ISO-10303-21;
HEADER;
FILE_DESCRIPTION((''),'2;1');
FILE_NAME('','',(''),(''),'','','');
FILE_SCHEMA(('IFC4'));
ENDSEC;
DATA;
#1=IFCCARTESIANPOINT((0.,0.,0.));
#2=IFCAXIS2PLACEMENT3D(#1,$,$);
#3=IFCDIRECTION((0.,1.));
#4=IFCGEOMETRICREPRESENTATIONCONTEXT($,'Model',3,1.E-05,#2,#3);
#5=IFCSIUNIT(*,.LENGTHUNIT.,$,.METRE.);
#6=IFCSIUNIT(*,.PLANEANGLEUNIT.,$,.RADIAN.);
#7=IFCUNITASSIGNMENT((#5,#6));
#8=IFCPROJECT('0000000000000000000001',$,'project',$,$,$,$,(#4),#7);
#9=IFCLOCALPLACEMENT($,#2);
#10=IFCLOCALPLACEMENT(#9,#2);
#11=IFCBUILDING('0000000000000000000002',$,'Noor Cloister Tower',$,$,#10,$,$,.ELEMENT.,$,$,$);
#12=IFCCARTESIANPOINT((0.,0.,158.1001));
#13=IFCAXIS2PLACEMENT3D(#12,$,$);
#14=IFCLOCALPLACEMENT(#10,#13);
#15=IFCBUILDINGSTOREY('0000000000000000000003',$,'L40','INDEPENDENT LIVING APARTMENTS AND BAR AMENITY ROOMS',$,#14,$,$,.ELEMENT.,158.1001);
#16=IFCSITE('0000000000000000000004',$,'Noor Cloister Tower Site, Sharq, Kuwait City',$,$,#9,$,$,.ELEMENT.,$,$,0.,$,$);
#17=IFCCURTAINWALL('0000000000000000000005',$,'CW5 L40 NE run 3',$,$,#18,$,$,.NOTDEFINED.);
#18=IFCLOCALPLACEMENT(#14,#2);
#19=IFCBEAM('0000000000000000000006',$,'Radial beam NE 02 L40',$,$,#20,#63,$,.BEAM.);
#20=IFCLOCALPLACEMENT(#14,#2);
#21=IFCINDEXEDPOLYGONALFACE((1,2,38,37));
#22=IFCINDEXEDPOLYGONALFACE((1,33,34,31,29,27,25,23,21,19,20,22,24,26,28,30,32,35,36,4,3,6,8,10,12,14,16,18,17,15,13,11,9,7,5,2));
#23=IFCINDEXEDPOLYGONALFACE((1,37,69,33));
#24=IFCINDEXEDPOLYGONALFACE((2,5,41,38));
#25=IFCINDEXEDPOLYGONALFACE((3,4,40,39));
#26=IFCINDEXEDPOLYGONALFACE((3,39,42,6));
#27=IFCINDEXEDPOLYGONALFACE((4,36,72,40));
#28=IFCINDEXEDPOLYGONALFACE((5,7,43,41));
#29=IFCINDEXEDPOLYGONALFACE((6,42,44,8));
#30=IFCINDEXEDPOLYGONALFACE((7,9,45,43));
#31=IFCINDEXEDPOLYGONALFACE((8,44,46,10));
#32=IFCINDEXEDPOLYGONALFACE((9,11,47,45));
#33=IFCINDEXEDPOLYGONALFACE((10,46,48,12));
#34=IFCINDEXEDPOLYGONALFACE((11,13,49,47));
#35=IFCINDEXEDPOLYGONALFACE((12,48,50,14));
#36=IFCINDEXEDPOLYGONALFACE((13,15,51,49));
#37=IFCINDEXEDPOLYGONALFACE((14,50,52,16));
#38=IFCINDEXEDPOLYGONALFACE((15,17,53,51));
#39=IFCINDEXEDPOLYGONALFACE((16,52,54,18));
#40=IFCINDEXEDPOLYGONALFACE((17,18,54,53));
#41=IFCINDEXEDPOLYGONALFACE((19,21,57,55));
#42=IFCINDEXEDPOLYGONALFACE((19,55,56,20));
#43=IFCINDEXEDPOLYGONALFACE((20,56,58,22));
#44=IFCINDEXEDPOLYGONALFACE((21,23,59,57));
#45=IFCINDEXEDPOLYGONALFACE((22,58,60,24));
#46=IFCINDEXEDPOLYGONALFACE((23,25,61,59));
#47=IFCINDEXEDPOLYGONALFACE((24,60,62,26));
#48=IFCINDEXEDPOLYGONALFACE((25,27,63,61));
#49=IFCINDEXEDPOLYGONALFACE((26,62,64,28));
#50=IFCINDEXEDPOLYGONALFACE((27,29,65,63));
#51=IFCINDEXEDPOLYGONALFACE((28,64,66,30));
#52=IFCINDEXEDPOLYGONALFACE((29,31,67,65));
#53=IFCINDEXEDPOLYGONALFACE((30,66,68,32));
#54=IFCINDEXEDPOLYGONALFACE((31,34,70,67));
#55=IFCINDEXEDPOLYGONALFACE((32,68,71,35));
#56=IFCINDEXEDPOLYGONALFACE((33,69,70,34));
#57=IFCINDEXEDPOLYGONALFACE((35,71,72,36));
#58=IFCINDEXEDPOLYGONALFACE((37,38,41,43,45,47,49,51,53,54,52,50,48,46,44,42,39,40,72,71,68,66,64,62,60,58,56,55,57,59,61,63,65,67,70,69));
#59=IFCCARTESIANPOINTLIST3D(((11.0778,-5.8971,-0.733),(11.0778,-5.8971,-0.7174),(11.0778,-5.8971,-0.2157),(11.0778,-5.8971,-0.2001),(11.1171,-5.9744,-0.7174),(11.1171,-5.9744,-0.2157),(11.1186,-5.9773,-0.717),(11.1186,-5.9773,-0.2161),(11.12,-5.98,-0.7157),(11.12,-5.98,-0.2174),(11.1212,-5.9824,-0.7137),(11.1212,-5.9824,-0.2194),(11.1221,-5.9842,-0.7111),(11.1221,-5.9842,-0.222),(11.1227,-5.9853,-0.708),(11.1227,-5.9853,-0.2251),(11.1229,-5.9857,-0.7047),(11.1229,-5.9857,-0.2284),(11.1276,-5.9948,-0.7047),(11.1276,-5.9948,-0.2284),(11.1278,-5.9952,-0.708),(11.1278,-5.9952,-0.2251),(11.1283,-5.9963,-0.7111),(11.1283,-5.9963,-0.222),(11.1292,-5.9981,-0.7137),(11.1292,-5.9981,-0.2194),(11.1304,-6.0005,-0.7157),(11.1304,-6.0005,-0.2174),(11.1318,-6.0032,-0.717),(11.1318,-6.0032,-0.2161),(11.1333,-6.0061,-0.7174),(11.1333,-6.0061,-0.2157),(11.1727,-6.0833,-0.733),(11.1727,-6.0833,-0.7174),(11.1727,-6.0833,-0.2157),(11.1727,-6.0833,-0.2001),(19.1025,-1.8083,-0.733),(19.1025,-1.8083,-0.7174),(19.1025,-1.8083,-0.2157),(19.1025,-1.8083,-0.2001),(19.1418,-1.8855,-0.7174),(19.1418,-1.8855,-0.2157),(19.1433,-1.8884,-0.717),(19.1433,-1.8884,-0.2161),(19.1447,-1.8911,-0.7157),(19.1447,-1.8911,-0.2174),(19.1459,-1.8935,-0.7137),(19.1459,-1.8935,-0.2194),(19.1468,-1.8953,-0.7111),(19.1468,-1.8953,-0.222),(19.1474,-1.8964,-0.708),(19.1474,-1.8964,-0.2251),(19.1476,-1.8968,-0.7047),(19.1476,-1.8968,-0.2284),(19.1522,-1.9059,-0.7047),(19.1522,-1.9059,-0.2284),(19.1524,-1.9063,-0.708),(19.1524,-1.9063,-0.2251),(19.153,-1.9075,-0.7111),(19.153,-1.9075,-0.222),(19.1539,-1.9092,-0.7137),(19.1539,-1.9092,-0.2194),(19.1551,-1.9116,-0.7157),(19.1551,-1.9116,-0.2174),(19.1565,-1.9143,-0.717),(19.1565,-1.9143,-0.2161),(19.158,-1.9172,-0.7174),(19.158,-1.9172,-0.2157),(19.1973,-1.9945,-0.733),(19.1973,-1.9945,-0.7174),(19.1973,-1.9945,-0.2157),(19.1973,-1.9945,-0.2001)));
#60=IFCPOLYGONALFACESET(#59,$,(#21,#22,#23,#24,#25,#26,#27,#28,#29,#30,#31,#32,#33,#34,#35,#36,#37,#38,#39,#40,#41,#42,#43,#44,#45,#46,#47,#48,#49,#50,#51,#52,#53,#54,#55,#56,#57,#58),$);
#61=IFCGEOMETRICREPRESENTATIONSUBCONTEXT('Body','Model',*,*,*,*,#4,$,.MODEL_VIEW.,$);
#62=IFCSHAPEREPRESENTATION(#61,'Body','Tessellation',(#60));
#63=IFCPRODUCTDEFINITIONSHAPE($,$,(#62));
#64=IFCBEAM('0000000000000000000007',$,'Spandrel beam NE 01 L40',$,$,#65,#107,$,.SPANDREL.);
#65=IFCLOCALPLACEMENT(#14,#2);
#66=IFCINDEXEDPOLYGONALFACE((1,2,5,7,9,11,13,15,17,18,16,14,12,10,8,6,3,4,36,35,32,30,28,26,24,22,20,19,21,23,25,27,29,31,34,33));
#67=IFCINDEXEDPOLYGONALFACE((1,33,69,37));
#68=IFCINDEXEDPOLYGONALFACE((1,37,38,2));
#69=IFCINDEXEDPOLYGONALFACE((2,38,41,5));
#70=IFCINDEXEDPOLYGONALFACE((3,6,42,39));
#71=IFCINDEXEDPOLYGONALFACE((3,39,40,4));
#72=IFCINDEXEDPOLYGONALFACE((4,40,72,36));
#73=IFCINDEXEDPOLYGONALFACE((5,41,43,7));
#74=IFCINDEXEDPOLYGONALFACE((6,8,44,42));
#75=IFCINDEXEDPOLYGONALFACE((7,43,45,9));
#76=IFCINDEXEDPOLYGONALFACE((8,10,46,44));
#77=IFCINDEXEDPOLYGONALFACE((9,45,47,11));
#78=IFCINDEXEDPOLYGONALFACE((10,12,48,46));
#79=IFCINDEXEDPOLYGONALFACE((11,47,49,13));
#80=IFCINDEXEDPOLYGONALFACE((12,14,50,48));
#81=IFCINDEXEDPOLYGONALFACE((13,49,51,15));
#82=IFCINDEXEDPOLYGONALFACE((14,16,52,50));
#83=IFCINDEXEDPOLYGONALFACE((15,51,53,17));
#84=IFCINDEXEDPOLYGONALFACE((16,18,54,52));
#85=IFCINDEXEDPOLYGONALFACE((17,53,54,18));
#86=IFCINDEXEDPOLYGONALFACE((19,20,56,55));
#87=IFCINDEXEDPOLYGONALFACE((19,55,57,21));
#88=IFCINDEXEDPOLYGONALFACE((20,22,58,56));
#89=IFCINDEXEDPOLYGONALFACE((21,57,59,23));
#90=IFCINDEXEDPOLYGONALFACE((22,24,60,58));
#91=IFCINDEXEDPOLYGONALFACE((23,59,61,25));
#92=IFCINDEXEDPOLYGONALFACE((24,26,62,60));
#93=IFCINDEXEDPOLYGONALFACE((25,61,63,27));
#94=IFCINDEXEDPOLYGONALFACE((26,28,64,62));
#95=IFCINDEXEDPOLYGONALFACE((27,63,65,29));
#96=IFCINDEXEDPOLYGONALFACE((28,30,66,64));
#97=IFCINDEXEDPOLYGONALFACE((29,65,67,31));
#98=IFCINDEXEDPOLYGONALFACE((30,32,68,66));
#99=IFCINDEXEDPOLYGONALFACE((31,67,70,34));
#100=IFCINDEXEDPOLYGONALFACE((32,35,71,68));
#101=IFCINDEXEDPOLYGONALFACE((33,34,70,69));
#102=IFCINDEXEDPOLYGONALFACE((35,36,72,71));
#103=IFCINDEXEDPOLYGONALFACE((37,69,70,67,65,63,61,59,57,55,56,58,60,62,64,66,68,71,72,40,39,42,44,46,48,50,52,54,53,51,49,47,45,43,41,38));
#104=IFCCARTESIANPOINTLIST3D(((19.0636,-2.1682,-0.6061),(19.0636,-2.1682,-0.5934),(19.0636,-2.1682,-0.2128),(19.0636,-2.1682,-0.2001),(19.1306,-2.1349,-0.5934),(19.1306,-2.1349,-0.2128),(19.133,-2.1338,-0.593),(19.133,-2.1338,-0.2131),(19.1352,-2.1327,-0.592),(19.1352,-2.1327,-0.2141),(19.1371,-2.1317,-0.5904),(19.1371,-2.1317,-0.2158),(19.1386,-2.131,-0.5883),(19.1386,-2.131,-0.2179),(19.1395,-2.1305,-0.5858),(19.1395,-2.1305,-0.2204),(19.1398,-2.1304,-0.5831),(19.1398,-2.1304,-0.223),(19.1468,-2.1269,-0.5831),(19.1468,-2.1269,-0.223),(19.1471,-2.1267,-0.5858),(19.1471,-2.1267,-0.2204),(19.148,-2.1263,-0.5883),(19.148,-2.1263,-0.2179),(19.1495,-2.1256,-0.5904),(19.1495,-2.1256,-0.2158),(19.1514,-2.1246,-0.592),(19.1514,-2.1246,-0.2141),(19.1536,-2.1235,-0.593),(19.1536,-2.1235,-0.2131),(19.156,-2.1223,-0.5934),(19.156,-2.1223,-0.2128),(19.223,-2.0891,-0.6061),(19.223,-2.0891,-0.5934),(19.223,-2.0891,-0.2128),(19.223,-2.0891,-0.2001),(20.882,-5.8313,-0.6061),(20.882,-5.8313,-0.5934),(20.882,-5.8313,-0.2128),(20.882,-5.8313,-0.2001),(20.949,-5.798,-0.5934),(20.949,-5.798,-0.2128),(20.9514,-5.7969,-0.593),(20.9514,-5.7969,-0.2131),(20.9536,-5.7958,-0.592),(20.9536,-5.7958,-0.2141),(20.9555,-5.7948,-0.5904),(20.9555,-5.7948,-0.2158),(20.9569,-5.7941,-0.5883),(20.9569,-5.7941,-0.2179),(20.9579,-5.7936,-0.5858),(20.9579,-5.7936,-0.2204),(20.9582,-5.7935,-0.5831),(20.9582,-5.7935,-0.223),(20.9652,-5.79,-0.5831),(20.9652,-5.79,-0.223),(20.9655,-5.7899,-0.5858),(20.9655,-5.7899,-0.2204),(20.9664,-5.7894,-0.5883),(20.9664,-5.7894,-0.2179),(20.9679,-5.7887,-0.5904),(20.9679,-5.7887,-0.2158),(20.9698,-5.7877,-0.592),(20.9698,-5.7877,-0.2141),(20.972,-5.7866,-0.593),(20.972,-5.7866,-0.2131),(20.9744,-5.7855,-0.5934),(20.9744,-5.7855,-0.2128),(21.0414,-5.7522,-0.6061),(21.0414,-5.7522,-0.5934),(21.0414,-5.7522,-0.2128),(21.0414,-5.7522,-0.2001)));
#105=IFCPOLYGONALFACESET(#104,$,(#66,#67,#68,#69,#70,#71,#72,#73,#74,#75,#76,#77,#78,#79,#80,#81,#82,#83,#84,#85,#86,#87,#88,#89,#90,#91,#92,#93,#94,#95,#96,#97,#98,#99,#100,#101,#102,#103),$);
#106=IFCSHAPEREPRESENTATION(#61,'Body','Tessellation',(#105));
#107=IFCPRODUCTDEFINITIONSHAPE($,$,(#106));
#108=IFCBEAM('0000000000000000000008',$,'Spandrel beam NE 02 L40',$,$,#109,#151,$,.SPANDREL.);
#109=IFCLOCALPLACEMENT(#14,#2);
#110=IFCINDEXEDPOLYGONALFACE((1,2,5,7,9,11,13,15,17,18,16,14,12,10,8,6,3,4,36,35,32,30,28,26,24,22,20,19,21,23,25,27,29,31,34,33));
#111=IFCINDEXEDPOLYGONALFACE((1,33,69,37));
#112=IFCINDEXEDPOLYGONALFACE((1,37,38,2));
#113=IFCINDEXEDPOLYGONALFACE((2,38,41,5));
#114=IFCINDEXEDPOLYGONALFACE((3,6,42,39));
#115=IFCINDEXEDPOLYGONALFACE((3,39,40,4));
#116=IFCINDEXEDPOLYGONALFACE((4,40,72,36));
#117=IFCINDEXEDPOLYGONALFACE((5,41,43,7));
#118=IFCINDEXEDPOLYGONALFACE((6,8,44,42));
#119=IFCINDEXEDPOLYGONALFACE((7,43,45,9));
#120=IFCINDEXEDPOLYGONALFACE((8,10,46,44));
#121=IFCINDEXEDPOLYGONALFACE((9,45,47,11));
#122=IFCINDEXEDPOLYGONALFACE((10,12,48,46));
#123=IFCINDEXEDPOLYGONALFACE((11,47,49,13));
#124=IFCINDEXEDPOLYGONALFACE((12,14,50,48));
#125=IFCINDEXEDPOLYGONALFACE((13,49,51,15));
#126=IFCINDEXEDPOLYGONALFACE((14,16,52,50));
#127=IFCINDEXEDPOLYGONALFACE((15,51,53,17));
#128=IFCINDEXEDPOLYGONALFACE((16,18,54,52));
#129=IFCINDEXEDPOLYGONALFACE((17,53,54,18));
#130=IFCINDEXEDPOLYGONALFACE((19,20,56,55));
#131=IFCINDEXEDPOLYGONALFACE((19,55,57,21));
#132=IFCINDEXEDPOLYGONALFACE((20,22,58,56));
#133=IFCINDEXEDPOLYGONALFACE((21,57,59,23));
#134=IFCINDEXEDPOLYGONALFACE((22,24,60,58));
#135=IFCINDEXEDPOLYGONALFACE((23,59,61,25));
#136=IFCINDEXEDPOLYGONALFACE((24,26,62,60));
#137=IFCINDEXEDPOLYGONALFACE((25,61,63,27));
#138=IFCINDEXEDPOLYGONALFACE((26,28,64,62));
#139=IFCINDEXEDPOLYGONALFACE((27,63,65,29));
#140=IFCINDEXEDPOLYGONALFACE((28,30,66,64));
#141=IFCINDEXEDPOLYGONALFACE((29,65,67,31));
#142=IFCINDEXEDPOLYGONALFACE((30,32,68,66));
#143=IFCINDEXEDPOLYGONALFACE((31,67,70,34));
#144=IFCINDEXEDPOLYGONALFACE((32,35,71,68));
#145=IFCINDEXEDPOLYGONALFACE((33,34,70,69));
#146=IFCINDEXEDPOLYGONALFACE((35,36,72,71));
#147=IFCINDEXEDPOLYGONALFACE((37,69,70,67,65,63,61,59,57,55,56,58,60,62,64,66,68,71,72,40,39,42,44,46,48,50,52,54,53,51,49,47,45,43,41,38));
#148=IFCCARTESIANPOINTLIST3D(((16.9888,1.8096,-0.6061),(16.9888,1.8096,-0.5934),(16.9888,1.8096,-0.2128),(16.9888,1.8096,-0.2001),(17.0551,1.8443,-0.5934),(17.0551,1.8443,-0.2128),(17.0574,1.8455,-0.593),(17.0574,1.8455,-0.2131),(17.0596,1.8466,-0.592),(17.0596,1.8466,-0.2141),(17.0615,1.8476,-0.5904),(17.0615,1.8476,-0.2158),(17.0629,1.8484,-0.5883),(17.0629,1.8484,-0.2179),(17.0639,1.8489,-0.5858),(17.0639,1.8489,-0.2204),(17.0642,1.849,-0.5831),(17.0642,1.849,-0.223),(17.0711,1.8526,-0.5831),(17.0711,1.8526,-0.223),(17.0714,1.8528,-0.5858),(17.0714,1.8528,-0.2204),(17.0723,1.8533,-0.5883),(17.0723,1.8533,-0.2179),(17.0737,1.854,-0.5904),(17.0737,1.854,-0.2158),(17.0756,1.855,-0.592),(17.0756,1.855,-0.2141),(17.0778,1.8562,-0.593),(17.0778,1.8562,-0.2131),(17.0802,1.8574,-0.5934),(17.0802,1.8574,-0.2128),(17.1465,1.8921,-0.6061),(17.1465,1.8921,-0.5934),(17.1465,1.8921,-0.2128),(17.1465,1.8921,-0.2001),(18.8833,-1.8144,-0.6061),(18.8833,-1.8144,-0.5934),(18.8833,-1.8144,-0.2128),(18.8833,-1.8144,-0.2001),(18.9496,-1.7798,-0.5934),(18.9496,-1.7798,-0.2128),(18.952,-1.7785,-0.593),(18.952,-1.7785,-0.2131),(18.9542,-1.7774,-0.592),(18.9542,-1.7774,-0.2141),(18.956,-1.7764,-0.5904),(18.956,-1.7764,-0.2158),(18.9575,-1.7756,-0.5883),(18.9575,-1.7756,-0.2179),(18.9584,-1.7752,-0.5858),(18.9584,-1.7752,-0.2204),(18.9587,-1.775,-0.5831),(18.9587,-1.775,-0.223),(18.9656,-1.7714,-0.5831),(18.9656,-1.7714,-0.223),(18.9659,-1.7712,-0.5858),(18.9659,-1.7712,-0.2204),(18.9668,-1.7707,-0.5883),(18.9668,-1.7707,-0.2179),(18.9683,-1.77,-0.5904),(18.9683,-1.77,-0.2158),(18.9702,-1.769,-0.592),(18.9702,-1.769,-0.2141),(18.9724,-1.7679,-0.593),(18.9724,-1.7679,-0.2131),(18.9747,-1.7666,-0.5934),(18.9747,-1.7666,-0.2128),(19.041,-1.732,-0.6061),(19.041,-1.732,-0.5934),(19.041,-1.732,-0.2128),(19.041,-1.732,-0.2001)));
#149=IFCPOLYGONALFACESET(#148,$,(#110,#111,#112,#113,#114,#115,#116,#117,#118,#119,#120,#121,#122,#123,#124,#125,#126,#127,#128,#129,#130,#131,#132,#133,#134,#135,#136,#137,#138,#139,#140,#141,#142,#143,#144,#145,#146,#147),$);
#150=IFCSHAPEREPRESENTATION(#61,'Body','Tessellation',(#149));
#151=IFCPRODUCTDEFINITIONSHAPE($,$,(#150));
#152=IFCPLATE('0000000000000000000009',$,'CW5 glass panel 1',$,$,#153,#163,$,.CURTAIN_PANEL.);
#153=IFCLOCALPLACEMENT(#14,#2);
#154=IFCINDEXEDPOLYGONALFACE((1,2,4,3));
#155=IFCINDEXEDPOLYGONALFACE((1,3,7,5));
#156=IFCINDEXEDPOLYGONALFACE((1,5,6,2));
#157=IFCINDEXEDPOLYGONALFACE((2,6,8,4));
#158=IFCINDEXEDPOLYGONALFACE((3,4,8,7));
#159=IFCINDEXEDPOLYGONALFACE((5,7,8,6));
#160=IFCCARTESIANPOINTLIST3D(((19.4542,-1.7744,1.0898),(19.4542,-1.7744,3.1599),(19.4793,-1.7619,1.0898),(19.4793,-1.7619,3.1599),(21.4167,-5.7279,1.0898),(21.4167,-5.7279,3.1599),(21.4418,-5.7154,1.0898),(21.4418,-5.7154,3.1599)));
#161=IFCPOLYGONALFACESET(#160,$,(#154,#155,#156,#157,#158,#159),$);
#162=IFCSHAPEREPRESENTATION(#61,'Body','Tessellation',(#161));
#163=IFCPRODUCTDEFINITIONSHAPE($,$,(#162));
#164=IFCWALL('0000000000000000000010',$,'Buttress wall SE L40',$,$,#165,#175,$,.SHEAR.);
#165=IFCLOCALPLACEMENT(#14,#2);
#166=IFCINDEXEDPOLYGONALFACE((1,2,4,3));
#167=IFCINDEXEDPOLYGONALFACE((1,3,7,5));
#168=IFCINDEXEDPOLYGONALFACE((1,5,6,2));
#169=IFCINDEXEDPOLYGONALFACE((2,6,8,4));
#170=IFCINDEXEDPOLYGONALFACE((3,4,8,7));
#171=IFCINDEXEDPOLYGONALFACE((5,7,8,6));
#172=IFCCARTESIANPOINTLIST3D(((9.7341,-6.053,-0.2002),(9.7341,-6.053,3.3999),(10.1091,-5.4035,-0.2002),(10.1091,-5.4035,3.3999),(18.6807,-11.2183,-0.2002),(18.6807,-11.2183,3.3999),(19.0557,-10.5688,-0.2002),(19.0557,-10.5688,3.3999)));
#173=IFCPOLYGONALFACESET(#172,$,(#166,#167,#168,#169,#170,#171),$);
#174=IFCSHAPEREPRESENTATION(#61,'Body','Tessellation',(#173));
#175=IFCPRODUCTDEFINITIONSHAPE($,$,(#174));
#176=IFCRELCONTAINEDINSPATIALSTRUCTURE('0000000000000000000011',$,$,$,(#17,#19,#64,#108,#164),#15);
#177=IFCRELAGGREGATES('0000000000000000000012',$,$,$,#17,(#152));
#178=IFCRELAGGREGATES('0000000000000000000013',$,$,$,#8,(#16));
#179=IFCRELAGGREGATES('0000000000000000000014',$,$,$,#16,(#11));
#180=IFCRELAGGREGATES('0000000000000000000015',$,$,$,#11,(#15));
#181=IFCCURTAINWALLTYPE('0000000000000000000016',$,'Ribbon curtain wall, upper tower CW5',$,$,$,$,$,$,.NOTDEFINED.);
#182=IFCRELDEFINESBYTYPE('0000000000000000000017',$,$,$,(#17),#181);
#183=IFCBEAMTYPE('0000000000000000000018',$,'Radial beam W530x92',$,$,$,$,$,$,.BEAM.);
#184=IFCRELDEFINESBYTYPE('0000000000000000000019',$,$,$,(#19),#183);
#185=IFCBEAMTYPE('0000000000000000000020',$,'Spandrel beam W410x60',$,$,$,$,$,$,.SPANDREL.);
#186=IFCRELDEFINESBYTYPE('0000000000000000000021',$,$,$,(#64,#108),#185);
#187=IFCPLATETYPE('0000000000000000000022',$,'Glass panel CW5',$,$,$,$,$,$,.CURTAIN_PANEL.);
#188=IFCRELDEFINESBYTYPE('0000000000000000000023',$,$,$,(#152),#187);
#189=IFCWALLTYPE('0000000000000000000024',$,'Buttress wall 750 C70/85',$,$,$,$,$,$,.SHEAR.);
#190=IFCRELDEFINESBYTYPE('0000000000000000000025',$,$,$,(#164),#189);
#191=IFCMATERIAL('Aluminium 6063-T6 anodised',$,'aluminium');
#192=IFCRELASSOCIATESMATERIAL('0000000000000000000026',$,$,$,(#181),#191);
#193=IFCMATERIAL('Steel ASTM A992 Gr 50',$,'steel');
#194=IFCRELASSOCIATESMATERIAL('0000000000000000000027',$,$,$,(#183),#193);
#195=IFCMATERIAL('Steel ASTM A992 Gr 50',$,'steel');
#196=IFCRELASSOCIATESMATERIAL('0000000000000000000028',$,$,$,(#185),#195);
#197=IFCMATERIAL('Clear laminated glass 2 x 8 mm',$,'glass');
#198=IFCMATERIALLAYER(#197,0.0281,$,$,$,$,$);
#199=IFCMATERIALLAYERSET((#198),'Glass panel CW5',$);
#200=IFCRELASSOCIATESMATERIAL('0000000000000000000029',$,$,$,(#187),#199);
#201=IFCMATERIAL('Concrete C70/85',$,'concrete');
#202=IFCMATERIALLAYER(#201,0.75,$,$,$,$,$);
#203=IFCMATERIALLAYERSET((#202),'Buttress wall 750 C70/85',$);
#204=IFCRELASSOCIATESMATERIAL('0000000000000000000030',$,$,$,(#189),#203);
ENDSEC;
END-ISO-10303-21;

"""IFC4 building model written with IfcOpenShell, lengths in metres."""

from ifc_helpers import new_model, si_unit, direction, frame, frame_2d, origin, origin_2d, place, context, subcontext, project, spatial, rectangle, i_section, extrude, material, layer, layer_set, material_profile, profile_set, type_object, element, aggregate, save


model = new_model("IFC4")

# Units and contexts
model_context = context("Model", 3, precision=1e-05, world=origin(), true_north=direction((0.0, 1.0)))
body_context = subcontext(model_context, "Body", "Model", "MODEL_VIEW")
ifc_project = project(units=[si_unit("LENGTHUNIT", "METRE"), si_unit("PLANEANGLEUNIT", "RADIAN")], contexts=[model_context])

# Site, building, storey
site_placement = place(None, origin())
site = spatial("IfcSite", under=ifc_project, at=site_placement, Name="Noor Cloister Tower Site, Sharq, Kuwait City", CompositionType="ELEMENT", RefElevation=0.0)
building_placement = place(site_placement, origin())
building = spatial("IfcBuilding", under=site, at=building_placement, Name="Noor Cloister Tower", CompositionType="ELEMENT")
storey_placement = place(building_placement, frame((0.0, 0.0, 158.1001)))
storey = spatial("IfcBuildingStorey", under=building, at=storey_placement, Name="L40", Description="INDEPENDENT LIVING APARTMENTS AND BAR AMENITY ROOMS", CompositionType="ELEMENT", Elevation=158.1001)

# Curtain wall
ifc_material_1 = material(Name="Aluminium 6063-T6 anodised", Category="aluminium")
curtain_wall_type = type_object("IfcCurtainWallType", Name="Ribbon curtain wall, upper tower CW5", PredefinedType="NOTDEFINED", material=ifc_material_1)
curtain_wall_placement = place(storey_placement, origin())
curtain_wall = element("IfcCurtainWall", 1, at=curtain_wall_placement, inside=storey, type_object=curtain_wall_type, Name="CW5 L40 NE run 3", PredefinedType="NOTDEFINED")

# Beams
ifc_material_2 = material(Name="Steel ASTM A992 Gr 50", Category="steel")
ifc_material_profile_1 = material_profile(ifc_material_2, i_section(OverallWidth=0.209, OverallDepth=0.533, WebThickness=0.0103, FlangeThickness=0.0156, FilletRadius=0.0127, at=origin_2d()), Name="W530x92")
ifc_profile_set_1 = profile_set([ifc_material_profile_1], Name="Steel ASTM A992 Gr 50")
beam_type_1 = type_object("IfcBeamType", Name="Radial beam W530x92", PredefinedType="BEAM", material=ifc_profile_set_1)
beam_1_placement = place(storey_placement, frame((19.1499, -1.9014, -0.4666), z_axis=(-0.891002, -0.453999, 0.0), x_axis=(0.453999, -0.891002, 0.0)))
element("IfcBeam", 2, at=beam_1_placement, inside=storey, type_object=beam_type_1, Name="Radial beam NE 02 L40", PredefinedType="BEAM", context=body_context, shape_type="SweptSolid", body=[
    extrude(i_section(OverallWidth=0.209, OverallDepth=0.533, WebThickness=0.0103, FlangeThickness=0.0156, FilletRadius=0.0127, at=origin_2d()), origin(), (0.0, 0.0, 1.0), 9.0063),
])
ifc_material_3 = material(Name="Steel ASTM A992 Gr 50", Category="steel")
ifc_material_profile_2 = material_profile(ifc_material_3, i_section(OverallWidth=0.178, OverallDepth=0.406, WebThickness=0.0078, FlangeThickness=0.0127, FilletRadius=0.0103, at=origin_2d()), Name="W410x60")
ifc_profile_set_2 = profile_set([ifc_material_profile_2], Name="Steel ASTM A992 Gr 50")
beam_type_2 = type_object("IfcBeamType", Name="Spandrel beam W410x60", PredefinedType="SPANDREL", material=ifc_profile_set_2)
beam_2_placement = place(storey_placement, frame((20.9617, -5.7917, -0.4031), z_axis=(-0.444633, 0.895713, 0.0), x_axis=(-0.895713, -0.444633, 0.0)))
element("IfcBeam", 3, at=beam_2_placement, inside=storey, type_object=beam_type_2, Name="Spandrel beam NE 01 L40", PredefinedType="SPANDREL", context=body_context, shape_type="SweptSolid", body=[
    extrude(i_section(OverallWidth=0.178, OverallDepth=0.406, WebThickness=0.0078, FlangeThickness=0.0127, FilletRadius=0.0103, at=origin_2d()), origin(), (0.0, 0.0, 1.0), 4.0896),
])
beam_3_placement = place(storey_placement, frame((18.9622, -1.7732, -0.4031), z_axis=(-0.463284, 0.88621, 0.0), x_axis=(-0.88621, -0.463284, 0.0)))
element("IfcBeam", 4, at=beam_3_placement, inside=storey, type_object=beam_type_2, Name="Spandrel beam NE 02 L40", PredefinedType="SPANDREL", context=body_context, shape_type="SweptSolid", body=[
    extrude(i_section(OverallWidth=0.178, OverallDepth=0.406, WebThickness=0.0078, FlangeThickness=0.0127, FilletRadius=0.0103, at=origin_2d()), origin(), (0.0, 0.0, 1.0), 4.0894),
])

# Plate
ifc_material_4 = material(Name="Clear laminated glass 2 x 8 mm", Category="glass")
ifc_layer_1 = layer(ifc_material_4, 0.0281)
ifc_layer_set_1 = layer_set([ifc_layer_1], Name="Glass panel CW5")
plate_type = type_object("IfcPlateType", Name="Glass panel CW5", PredefinedType="CURTAIN_PANEL", material=ifc_layer_set_1)
plate_placement = place(storey_placement, frame((20.448, -3.7449, 1.0898), z_axis=(0.0, 0.0, 1.0), x_axis=(-0.444629, 0.895715, 0.0)))
plate = element("IfcPlate", 5, at=plate_placement, type_object=plate_type, Name="CW5 glass panel 1", PredefinedType="CURTAIN_PANEL", context=body_context, shape_type="SweptSolid", body=[
    extrude(rectangle(XDim=4.4138, YDim=0.0281, at=origin_2d()), origin(), (0.0, 0.0, 1.0), 2.0701),
])
aggregate(curtain_wall, [plate])

# Wall
ifc_material_5 = material(Name="Concrete C70/85", Category="concrete")
ifc_layer_2 = layer(ifc_material_5, 0.75)
ifc_layer_set_2 = layer_set([ifc_layer_2], Name="Buttress wall 750 C70/85")
wall_type_1 = type_object("IfcWallType", Name="Buttress wall 750 C70/85", PredefinedType="SHEAR", material=ifc_layer_set_2)
wall_1_placement = place(storey_placement, frame((9.9216, -5.7283, -0.2002), z_axis=(0.0, 0.0, 1.0), x_axis=(0.866025, -0.5, 0.0)))
element("IfcWall", 6, at=wall_1_placement, inside=storey, type_object=wall_type_1, Name="Buttress wall SE L40", PredefinedType="SHEAR", context=body_context, shape_type="SweptSolid", body=[
    extrude(rectangle(XDim=10.3306, YDim=0.75, at=frame_2d((5.1653, 0.0))), origin(), (0.0, 0.0, 1.0), 3.6001),
])

save(model, "model.ifc")
